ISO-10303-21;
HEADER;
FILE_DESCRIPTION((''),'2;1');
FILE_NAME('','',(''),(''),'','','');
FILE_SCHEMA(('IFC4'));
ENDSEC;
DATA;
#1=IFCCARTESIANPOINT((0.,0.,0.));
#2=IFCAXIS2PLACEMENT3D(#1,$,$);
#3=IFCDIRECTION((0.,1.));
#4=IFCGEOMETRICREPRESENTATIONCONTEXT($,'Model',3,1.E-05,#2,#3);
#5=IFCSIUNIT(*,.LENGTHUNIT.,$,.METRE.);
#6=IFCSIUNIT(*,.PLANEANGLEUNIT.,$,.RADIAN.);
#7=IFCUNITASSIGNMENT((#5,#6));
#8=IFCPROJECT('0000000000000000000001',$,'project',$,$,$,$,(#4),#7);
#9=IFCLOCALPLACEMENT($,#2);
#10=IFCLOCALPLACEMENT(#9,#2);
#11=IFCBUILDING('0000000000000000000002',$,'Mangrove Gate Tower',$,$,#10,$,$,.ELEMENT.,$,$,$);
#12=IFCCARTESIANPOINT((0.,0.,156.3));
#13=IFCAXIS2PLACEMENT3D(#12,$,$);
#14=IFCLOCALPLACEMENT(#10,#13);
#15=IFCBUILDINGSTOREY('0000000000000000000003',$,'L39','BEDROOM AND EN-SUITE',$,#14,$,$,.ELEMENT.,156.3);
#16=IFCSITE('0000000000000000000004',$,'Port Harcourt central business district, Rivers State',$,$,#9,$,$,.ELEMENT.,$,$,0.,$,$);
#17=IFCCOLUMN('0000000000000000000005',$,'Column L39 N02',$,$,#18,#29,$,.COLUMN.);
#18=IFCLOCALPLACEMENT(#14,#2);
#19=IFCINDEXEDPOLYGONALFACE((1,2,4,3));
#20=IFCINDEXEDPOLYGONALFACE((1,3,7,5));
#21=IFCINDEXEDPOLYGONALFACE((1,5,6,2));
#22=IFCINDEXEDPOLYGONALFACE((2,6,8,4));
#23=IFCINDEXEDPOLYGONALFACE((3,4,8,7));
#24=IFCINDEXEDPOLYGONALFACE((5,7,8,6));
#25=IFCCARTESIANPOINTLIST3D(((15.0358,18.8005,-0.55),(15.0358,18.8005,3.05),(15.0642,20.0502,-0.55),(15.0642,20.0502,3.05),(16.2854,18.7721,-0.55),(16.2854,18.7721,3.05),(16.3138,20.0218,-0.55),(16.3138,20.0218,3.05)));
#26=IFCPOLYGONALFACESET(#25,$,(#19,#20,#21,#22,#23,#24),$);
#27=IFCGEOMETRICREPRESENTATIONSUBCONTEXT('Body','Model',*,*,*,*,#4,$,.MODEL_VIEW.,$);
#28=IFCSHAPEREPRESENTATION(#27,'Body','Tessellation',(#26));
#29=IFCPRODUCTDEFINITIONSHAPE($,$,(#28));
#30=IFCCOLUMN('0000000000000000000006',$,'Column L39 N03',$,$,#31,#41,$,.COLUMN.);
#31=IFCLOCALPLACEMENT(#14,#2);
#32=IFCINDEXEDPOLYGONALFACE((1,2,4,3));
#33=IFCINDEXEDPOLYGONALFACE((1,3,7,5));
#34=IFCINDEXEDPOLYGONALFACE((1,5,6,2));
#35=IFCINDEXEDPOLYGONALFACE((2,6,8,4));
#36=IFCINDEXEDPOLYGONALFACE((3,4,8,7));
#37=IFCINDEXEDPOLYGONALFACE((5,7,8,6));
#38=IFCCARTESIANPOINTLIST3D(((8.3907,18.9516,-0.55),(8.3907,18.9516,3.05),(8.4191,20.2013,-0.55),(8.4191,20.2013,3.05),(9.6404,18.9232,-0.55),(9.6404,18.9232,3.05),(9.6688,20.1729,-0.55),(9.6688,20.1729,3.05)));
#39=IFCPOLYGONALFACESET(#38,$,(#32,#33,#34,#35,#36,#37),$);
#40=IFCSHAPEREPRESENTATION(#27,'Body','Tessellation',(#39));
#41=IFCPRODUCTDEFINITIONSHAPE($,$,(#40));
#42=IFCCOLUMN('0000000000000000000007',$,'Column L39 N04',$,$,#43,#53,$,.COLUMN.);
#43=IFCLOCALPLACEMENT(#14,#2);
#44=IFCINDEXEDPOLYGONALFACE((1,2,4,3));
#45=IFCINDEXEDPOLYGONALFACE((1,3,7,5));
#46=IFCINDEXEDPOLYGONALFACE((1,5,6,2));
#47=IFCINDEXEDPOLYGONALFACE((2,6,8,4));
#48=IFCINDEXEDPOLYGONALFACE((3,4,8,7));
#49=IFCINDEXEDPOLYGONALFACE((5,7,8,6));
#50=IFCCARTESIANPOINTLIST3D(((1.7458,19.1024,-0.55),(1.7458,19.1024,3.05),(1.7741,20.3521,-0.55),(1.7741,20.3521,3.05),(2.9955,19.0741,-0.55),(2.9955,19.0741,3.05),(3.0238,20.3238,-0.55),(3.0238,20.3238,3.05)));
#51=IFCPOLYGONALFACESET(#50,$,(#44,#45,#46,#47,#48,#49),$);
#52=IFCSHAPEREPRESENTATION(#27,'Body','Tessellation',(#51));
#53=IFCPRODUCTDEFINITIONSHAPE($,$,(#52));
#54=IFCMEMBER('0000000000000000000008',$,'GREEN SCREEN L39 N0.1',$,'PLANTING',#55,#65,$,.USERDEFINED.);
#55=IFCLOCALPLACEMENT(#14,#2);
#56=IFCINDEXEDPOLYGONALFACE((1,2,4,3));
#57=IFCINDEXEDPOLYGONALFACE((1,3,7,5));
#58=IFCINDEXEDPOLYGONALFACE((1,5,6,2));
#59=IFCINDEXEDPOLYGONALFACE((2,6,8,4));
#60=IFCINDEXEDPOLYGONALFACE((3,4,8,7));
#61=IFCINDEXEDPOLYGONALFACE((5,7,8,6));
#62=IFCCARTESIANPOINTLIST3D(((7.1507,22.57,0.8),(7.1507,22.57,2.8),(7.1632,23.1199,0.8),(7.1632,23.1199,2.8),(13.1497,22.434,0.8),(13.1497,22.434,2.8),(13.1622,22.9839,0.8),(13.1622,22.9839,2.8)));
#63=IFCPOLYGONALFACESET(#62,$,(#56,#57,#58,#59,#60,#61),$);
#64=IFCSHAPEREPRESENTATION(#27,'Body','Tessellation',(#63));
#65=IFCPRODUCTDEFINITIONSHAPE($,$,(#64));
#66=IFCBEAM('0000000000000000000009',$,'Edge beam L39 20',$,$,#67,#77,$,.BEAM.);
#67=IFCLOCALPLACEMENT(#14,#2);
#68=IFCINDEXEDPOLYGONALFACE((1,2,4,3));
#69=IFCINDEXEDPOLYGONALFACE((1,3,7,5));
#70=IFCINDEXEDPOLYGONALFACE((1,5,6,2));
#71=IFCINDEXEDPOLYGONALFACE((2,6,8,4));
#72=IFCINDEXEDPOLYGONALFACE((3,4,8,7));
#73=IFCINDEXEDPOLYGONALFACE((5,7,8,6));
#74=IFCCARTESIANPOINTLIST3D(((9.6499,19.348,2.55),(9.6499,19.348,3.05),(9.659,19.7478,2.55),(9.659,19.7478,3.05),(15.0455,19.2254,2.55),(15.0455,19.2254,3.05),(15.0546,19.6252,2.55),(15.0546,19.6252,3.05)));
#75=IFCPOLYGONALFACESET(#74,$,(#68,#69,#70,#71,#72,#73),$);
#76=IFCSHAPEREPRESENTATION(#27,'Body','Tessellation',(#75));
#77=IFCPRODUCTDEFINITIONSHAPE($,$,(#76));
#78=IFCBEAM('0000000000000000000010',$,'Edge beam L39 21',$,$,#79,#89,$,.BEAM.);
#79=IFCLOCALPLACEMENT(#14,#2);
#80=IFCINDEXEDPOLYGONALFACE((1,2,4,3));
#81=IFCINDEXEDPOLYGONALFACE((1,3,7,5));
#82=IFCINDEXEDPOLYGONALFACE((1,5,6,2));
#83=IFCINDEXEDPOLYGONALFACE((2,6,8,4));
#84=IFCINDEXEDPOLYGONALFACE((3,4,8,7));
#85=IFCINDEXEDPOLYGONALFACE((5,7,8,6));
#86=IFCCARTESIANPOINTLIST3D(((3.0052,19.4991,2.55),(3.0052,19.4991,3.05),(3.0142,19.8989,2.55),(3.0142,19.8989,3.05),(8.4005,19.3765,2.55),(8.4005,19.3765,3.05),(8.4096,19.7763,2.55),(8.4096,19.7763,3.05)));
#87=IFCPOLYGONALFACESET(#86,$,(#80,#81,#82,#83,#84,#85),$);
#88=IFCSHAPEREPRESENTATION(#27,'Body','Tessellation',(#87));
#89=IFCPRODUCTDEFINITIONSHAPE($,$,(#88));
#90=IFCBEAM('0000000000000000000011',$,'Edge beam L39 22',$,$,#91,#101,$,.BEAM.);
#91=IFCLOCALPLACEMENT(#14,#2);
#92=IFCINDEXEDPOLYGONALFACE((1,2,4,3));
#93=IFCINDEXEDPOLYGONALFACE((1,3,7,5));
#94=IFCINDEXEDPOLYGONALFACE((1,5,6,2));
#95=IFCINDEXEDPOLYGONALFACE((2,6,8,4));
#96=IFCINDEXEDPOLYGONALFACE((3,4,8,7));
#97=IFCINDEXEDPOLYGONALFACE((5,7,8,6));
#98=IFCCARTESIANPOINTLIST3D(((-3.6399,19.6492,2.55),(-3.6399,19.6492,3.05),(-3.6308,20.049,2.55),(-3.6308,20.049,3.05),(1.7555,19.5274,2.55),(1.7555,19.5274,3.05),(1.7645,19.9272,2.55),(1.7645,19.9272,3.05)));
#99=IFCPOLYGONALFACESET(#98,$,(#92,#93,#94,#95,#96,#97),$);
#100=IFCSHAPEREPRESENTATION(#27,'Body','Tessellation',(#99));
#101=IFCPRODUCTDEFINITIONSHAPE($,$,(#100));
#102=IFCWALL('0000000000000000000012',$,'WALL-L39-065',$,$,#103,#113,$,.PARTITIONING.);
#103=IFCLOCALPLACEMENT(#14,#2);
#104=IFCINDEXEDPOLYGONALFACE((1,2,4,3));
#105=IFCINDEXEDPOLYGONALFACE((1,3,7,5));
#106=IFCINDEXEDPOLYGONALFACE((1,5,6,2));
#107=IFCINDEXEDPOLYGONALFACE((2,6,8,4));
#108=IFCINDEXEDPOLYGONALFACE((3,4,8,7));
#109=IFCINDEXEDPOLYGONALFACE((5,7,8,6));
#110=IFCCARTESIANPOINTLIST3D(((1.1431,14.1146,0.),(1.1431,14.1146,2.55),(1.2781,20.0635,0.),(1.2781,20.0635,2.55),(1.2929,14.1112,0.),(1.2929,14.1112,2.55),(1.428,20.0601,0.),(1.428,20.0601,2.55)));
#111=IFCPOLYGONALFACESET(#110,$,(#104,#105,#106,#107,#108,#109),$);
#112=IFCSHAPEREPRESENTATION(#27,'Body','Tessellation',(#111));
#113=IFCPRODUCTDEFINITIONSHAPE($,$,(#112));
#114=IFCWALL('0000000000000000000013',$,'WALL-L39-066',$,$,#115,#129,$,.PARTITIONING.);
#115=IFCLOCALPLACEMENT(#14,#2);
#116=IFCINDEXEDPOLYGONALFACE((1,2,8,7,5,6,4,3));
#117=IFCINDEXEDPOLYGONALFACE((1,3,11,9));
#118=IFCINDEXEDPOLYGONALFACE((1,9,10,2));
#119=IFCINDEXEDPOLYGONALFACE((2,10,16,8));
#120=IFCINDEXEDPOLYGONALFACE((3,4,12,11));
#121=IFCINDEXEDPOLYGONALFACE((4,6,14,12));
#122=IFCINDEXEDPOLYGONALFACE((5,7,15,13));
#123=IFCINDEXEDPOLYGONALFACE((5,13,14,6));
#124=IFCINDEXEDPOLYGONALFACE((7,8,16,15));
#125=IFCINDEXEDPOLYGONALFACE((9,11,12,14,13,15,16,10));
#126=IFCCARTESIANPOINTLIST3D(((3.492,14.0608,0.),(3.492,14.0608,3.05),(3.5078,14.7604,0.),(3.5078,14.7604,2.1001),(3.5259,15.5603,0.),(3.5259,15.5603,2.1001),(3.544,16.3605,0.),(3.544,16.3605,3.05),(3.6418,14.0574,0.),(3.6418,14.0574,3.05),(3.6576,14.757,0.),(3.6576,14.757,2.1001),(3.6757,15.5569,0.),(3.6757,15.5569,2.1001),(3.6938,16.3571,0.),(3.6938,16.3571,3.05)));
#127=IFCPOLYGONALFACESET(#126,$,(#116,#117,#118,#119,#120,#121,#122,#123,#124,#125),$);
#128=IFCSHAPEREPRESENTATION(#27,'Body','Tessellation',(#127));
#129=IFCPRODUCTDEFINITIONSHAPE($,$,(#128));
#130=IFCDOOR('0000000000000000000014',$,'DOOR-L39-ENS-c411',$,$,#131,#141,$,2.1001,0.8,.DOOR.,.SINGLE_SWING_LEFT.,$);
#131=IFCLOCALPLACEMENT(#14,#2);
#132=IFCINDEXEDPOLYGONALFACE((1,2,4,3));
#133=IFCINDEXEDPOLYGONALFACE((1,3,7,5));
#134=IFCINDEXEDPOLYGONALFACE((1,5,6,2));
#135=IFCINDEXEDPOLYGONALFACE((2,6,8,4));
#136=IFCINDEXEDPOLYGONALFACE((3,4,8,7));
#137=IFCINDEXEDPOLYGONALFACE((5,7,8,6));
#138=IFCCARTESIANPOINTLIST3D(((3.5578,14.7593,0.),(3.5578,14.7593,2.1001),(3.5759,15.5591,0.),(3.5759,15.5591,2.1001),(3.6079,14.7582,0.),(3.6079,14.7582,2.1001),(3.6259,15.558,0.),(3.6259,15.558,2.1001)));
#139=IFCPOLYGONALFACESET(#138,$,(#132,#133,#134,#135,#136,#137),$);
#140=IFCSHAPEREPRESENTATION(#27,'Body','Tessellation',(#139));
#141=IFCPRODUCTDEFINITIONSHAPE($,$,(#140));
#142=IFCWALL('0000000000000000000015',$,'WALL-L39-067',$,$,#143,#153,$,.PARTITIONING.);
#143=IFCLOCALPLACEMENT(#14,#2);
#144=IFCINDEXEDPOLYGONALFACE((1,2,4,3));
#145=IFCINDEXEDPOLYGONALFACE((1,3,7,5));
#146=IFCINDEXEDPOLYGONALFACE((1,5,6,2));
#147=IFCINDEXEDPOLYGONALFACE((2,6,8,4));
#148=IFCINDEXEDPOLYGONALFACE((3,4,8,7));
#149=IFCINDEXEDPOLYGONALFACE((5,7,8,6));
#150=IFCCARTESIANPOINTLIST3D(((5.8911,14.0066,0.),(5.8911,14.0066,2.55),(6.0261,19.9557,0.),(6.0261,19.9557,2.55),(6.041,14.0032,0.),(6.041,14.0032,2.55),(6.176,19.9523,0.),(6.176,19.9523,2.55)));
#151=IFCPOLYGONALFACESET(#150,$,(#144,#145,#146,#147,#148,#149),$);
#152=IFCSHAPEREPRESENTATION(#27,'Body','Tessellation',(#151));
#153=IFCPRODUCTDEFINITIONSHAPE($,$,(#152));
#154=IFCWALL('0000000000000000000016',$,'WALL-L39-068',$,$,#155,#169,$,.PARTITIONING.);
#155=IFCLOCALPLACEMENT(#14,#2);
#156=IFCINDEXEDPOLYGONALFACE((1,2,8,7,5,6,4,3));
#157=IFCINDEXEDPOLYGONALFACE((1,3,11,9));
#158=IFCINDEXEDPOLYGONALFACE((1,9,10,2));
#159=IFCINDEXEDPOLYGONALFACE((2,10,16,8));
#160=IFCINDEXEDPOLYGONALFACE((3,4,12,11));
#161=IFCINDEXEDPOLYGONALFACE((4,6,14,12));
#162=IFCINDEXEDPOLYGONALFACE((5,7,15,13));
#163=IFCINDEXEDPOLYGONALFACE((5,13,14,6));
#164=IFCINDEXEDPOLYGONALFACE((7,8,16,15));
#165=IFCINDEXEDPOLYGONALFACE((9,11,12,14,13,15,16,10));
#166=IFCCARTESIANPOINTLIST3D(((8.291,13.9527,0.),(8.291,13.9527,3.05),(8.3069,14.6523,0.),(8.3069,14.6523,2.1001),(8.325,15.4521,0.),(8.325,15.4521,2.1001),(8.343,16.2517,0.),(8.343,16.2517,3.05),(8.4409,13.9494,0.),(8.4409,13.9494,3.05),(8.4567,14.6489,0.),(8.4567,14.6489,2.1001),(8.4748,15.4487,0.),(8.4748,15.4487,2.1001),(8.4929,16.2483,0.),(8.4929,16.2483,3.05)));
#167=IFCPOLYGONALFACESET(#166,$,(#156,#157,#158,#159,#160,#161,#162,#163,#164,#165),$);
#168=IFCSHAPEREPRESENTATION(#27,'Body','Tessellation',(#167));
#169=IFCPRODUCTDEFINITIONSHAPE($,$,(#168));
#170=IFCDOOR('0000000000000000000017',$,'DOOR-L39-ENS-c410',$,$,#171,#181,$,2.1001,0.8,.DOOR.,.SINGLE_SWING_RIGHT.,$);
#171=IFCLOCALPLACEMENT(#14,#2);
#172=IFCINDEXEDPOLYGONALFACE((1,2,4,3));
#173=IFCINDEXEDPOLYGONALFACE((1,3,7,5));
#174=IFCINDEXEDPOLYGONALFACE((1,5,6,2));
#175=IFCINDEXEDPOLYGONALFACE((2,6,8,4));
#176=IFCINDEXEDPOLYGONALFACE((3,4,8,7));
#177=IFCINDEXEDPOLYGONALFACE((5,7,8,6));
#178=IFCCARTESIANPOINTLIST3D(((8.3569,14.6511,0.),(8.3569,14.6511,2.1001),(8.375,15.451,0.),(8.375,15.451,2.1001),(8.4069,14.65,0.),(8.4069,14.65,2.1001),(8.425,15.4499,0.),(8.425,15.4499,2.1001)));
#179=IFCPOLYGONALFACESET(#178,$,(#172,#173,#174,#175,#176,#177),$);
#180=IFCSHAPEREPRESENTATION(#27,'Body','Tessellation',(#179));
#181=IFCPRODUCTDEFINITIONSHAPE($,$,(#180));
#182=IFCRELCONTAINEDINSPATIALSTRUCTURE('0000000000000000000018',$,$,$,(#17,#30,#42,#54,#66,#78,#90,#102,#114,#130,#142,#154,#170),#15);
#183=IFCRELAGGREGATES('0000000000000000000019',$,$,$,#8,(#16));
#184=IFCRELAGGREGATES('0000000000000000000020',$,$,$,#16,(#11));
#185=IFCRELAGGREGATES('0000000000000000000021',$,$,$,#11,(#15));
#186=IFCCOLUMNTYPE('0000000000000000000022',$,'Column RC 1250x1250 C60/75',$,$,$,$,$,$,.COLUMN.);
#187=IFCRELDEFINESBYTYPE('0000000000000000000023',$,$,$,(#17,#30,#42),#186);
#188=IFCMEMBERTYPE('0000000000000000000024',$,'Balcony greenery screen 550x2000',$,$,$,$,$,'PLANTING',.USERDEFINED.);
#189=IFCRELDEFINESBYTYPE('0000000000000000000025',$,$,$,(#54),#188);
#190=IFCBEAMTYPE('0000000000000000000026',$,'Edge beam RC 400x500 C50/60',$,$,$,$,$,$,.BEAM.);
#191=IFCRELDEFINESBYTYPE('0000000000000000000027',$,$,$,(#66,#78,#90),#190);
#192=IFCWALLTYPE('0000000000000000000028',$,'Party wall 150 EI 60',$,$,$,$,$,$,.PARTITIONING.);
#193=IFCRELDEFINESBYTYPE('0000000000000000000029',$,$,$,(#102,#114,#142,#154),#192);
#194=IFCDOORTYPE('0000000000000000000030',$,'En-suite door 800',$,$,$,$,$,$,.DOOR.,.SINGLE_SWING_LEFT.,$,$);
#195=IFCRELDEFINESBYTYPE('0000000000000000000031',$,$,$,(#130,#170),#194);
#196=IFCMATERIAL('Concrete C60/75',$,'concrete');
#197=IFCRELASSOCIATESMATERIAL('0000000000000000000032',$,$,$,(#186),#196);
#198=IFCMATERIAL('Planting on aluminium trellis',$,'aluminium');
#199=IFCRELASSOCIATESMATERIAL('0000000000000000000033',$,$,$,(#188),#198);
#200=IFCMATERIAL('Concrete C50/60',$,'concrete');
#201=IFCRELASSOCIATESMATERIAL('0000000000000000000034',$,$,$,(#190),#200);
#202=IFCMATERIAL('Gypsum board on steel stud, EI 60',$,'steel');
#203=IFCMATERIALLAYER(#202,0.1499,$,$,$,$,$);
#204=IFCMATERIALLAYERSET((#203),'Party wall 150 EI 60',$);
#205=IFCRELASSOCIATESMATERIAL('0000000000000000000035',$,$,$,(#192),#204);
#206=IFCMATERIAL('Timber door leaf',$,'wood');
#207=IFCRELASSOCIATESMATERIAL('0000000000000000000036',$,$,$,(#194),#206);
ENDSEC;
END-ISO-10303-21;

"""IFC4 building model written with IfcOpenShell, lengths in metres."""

from ifc_helpers import new_model, si_unit, direction, frame, frame_2d, origin, origin_2d, place, context, subcontext, project, spatial, rectangle, extrude, material, layer, layer_set, material_profile, profile_set, type_object, element, fill, save


model = new_model("IFC4")

# Units and contexts
model_context = context("Model", 3, precision=1e-05, world=origin(), true_north=direction((0.0, 1.0)))
body_context = subcontext(model_context, "Body", "Model", "MODEL_VIEW")
ifc_project = project(units=[si_unit("LENGTHUNIT", "METRE"), si_unit("PLANEANGLEUNIT", "RADIAN")], contexts=[model_context])

# Site, building, storey
site_placement = place(None, origin())
site = spatial("IfcSite", under=ifc_project, at=site_placement, Name="Port Harcourt central business district, Rivers State", CompositionType="ELEMENT", RefElevation=0.0)
building_placement = place(site_placement, origin())
building = spatial("IfcBuilding", under=site, at=building_placement, Name="Mangrove Gate Tower", CompositionType="ELEMENT")
storey_placement = place(building_placement, frame((0.0, 0.0, 156.3)))
storey = spatial("IfcBuildingStorey", under=building, at=storey_placement, Name="L39", Description="BEDROOM AND EN-SUITE", CompositionType="ELEMENT", Elevation=156.3)

# Columns
ifc_material_1 = material(Name="Concrete C60/75", Category="concrete")
ifc_material_profile_1 = material_profile(ifc_material_1, rectangle(XDim=1.25, YDim=1.25, at=origin_2d()))
ifc_profile_set_1 = profile_set([ifc_material_profile_1], Name="Concrete C60/75")
column_type = type_object("IfcColumnType", Name="Column RC 1250x1250 C60/75", PredefinedType="COLUMN", material=ifc_profile_set_1)
for number, where, z_axis, x_axis, name in (
    (1, (15.6748, 19.4111, -0.55), (0.0, 0.0, 1.0), (-0.999742, 0.022718, 0.0), "Column L39 N02"),
    (2, (9.0298, 19.5623, -0.55), (0.0, 0.0, 1.0), (-0.999742, 0.022718, 0.0), "Column L39 N03"),
    (3, (2.3848, 19.7131, -0.55), (0.0, 0.0, 1.0), (-0.999744, 0.022643, 0.0), "Column L39 N04"),
):
    element("IfcColumn", number, at=place(storey_placement, frame(where, z_axis=z_axis, x_axis=x_axis)), inside=storey, type_object=column_type, Name=name, PredefinedType="COLUMN", context=body_context, shape_type="SweptSolid", body=[
        extrude(rectangle(XDim=1.25, YDim=1.25, at=origin_2d()), origin(), (0.0, 0.0, 1.0), 3.6001),
    ])

# Member
ifc_material_2 = material(Name="Planting on aluminium trellis", Category="aluminium")
ifc_material_profile_2 = material_profile(ifc_material_2, rectangle(XDim=0.55, YDim=2.0, at=origin_2d()))
ifc_profile_set_2 = profile_set([ifc_material_profile_2], Name="Planting on aluminium trellis")
member_type = type_object("IfcMemberType", Name="Balcony greenery screen 550x2000", ElementType="PLANTING", PredefinedType="USERDEFINED", material=ifc_profile_set_2)
member_placement = place(storey_placement, frame((7.157, 22.845, 1.8), z_axis=(0.999743, -0.022662, 0.0), x_axis=(0.022662, 0.999743, 0.0)))
element("IfcMember", 4, at=member_placement, inside=storey, type_object=member_type, Name="GREEN SCREEN L39 N0.1", ObjectType="PLANTING", PredefinedType="USERDEFINED", context=body_context, shape_type="SweptSolid", body=[
    extrude(rectangle(XDim=0.55, YDim=2.0, at=origin_2d()), origin(), (0.0, 0.0, 1.0), 6.0005),
])

# Beams
ifc_material_3 = material(Name="Concrete C50/60", Category="concrete")
ifc_material_profile_3 = material_profile(ifc_material_3, rectangle(XDim=0.3999, YDim=0.5, at=origin_2d()))
ifc_profile_set_3 = profile_set([ifc_material_profile_3], Name="Concrete C50/60")
beam_type = type_object("IfcBeamType", Name="Edge beam RC 400x500 C50/60", PredefinedType="BEAM", material=ifc_profile_set_3)
beam_placement = place(storey_placement, frame((15.05, 19.4253, 2.8), z_axis=(-0.999742, 0.022709, 0.0), x_axis=(-0.022709, -0.999742, 0.0)))
element("IfcBeam", 5, at=beam_placement, inside=storey, type_object=beam_type, Name="Edge beam L39 20", PredefinedType="BEAM", context=body_context, shape_type="SweptSolid", body=[
    extrude(rectangle(XDim=0.3999, YDim=0.5, at=origin_2d()), origin(), (0.0, 0.0, 1.0), 5.397),
])
for number, where, z_axis, x_axis, name in (
    (6, (8.405, 19.5764, 2.8), (-0.999742, 0.02271, 0.0), (-0.02271, -0.999742, 0.0), "Edge beam L39 21"),
    (7, (1.76, 19.7273, 2.8), (-0.999745, 0.022574, 0.0), (-0.022574, -0.999745, 0.0), "Edge beam L39 22"),
):
    element("IfcBeam", number, at=place(storey_placement, frame(where, z_axis=z_axis, x_axis=x_axis)), inside=storey, type_object=beam_type, Name=name, PredefinedType="BEAM", context=body_context, shape_type="SweptSolid", body=[
        extrude(rectangle(XDim=0.3999, YDim=0.5, at=origin_2d()), origin(), (0.0, 0.0, 1.0), 5.3967),
    ])

# Wall
ifc_material_4 = material(Name="Gypsum board on steel stud, EI 60", Category="steel")
ifc_layer_1 = layer(ifc_material_4, 0.1499)
ifc_layer_set_1 = layer_set([ifc_layer_1], Name="Party wall 150 EI 60")
wall_type_1 = type_object("IfcWallType", Name="Party wall 150 EI 60", PredefinedType="PARTITIONING", material=ifc_layer_set_1)
wall_1_placement = place(storey_placement, frame((1.218, 14.113, 0.0), z_axis=(0.0, 0.0, 1.0), x_axis=(0.022689, 0.999743, 0.0)))
element("IfcWall", 8, at=wall_1_placement, inside=storey, type_object=wall_type_1, Name="WALL-L39-065", PredefinedType="PARTITIONING", context=body_context, shape_type="SweptSolid", body=[
    extrude(rectangle(XDim=5.9504, YDim=0.1499, at=frame_2d((2.9751, 0.0))), origin(), (0.0, 0.0, 1.0), 2.55),
])

# Wall, opening, door
wall_2_placement = place(storey_placement, frame((3.5669, 14.0591, 0.0), z_axis=(0.0, 0.0, 1.0), x_axis=(0.022606, 0.999744, 0.0)))
wall_2 = element("IfcWall", 9, at=wall_2_placement, inside=storey, type_object=wall_type_1, Name="WALL-L39-066", PredefinedType="PARTITIONING", context=body_context, shape_type="SweptSolid", body=[
    extrude(rectangle(XDim=2.3003, YDim=0.1499, at=frame_2d((1.1501, 0.0))), origin(), (0.0, 0.0, 1.0), 3.05),
])
opening_1_placement = place(wall_2_placement, frame((0.7, 0.0, 0.0)))
opening_1 = element("IfcOpeningElement", 10, at=opening_1_placement, cuts=wall_2, PredefinedType="OPENING", context=body_context, shape_type="SweptSolid", body=[
    extrude(rectangle(XDim=0.8, YDim=2.1001, at=frame_2d((0.3999, 1.05))), frame((0.0, 0.085, 0.0), z_axis=(0.0, -1.0, 0.0), x_axis=(1.0, 0.0, 0.0)), (0.0, 0.0, 1.0), 0.1699),
])
ifc_material_5 = material(Name="Timber door leaf", Category="wood")
door_type = type_object("IfcDoorType", Name="En-suite door 800", OperationType="SINGLE_SWING_LEFT", PredefinedType="DOOR", material=ifc_material_5)
door_1_placement = place(opening_1_placement, origin())
door_1 = element("IfcDoor", 11, at=door_1_placement, inside=storey, type_object=door_type, Name="DOOR-L39-ENS-c411", OperationType="SINGLE_SWING_LEFT", OverallHeight=2.1001, OverallWidth=0.8, PredefinedType="DOOR", context=body_context, shape_type="SweptSolid", body=[
    extrude(rectangle(XDim=0.8, YDim=2.1001, at=frame_2d((0.3999, 1.05))), frame((0.0, 0.0249, 0.0), z_axis=(0.0, -1.0, 0.0), x_axis=(1.0, 0.0, 0.0)), (0.0, 0.0, 1.0), 0.05),
])
fill(opening_1, door_1)

# Wall
wall_3_placement = place(storey_placement, frame((5.9661, 14.0049, 0.0), z_axis=(0.0, 0.0, 1.0), x_axis=(0.022688, 0.999743, 0.0)))
element("IfcWall", 12, at=wall_3_placement, inside=storey, type_object=wall_type_1, Name="WALL-L39-067", PredefinedType="PARTITIONING", context=body_context, shape_type="SweptSolid", body=[
    extrude(rectangle(XDim=5.9507, YDim=0.1499, at=frame_2d((2.9753, 0.0))), origin(), (0.0, 0.0, 1.0), 2.55),
])

# Wall, opening, door
wall_4_placement = place(storey_placement, frame((8.366, 13.9509, 0.0), z_axis=(0.0, 0.0, 1.0), x_axis=(0.022613, 0.999744, 0.0)))
wall_4 = element("IfcWall", 13, at=wall_4_placement, inside=storey, type_object=wall_type_1, Name="WALL-L39-068", PredefinedType="PARTITIONING", context=body_context, shape_type="SweptSolid", body=[
    extrude(rectangle(XDim=2.2996, YDim=0.1499, at=frame_2d((1.1499, 0.0))), origin(), (0.0, 0.0, 1.0), 3.05),
])
opening_2_placement = place(wall_4_placement, frame((0.7, 0.0, 0.0)))
opening_2 = element("IfcOpeningElement", 14, at=opening_2_placement, cuts=wall_4, PredefinedType="OPENING", context=body_context, shape_type="SweptSolid", body=[
    extrude(rectangle(XDim=0.8, YDim=2.1001, at=frame_2d((0.3999, 1.05))), frame((0.0, 0.085, 0.0), z_axis=(0.0, -1.0, 0.0), x_axis=(1.0, 0.0, 0.0)), (0.0, 0.0, 1.0), 0.1699),
])
door_2_placement = place(opening_2_placement, origin())
door_2 = element("IfcDoor", 15, at=door_2_placement, inside=storey, type_object=door_type, Name="DOOR-L39-ENS-c410", OperationType="SINGLE_SWING_RIGHT", OverallHeight=2.1001, OverallWidth=0.8, PredefinedType="DOOR", context=body_context, shape_type="SweptSolid", body=[
    extrude(rectangle(XDim=0.8, YDim=2.1001, at=frame_2d((0.3999, 1.05))), frame((0.0, 0.0249, 0.0), z_axis=(0.0, -1.0, 0.0), x_axis=(1.0, 0.0, 0.0)), (0.0, 0.0, 1.0), 0.05),
])
fill(opening_2, door_2)

save(model, "model.ifc")
